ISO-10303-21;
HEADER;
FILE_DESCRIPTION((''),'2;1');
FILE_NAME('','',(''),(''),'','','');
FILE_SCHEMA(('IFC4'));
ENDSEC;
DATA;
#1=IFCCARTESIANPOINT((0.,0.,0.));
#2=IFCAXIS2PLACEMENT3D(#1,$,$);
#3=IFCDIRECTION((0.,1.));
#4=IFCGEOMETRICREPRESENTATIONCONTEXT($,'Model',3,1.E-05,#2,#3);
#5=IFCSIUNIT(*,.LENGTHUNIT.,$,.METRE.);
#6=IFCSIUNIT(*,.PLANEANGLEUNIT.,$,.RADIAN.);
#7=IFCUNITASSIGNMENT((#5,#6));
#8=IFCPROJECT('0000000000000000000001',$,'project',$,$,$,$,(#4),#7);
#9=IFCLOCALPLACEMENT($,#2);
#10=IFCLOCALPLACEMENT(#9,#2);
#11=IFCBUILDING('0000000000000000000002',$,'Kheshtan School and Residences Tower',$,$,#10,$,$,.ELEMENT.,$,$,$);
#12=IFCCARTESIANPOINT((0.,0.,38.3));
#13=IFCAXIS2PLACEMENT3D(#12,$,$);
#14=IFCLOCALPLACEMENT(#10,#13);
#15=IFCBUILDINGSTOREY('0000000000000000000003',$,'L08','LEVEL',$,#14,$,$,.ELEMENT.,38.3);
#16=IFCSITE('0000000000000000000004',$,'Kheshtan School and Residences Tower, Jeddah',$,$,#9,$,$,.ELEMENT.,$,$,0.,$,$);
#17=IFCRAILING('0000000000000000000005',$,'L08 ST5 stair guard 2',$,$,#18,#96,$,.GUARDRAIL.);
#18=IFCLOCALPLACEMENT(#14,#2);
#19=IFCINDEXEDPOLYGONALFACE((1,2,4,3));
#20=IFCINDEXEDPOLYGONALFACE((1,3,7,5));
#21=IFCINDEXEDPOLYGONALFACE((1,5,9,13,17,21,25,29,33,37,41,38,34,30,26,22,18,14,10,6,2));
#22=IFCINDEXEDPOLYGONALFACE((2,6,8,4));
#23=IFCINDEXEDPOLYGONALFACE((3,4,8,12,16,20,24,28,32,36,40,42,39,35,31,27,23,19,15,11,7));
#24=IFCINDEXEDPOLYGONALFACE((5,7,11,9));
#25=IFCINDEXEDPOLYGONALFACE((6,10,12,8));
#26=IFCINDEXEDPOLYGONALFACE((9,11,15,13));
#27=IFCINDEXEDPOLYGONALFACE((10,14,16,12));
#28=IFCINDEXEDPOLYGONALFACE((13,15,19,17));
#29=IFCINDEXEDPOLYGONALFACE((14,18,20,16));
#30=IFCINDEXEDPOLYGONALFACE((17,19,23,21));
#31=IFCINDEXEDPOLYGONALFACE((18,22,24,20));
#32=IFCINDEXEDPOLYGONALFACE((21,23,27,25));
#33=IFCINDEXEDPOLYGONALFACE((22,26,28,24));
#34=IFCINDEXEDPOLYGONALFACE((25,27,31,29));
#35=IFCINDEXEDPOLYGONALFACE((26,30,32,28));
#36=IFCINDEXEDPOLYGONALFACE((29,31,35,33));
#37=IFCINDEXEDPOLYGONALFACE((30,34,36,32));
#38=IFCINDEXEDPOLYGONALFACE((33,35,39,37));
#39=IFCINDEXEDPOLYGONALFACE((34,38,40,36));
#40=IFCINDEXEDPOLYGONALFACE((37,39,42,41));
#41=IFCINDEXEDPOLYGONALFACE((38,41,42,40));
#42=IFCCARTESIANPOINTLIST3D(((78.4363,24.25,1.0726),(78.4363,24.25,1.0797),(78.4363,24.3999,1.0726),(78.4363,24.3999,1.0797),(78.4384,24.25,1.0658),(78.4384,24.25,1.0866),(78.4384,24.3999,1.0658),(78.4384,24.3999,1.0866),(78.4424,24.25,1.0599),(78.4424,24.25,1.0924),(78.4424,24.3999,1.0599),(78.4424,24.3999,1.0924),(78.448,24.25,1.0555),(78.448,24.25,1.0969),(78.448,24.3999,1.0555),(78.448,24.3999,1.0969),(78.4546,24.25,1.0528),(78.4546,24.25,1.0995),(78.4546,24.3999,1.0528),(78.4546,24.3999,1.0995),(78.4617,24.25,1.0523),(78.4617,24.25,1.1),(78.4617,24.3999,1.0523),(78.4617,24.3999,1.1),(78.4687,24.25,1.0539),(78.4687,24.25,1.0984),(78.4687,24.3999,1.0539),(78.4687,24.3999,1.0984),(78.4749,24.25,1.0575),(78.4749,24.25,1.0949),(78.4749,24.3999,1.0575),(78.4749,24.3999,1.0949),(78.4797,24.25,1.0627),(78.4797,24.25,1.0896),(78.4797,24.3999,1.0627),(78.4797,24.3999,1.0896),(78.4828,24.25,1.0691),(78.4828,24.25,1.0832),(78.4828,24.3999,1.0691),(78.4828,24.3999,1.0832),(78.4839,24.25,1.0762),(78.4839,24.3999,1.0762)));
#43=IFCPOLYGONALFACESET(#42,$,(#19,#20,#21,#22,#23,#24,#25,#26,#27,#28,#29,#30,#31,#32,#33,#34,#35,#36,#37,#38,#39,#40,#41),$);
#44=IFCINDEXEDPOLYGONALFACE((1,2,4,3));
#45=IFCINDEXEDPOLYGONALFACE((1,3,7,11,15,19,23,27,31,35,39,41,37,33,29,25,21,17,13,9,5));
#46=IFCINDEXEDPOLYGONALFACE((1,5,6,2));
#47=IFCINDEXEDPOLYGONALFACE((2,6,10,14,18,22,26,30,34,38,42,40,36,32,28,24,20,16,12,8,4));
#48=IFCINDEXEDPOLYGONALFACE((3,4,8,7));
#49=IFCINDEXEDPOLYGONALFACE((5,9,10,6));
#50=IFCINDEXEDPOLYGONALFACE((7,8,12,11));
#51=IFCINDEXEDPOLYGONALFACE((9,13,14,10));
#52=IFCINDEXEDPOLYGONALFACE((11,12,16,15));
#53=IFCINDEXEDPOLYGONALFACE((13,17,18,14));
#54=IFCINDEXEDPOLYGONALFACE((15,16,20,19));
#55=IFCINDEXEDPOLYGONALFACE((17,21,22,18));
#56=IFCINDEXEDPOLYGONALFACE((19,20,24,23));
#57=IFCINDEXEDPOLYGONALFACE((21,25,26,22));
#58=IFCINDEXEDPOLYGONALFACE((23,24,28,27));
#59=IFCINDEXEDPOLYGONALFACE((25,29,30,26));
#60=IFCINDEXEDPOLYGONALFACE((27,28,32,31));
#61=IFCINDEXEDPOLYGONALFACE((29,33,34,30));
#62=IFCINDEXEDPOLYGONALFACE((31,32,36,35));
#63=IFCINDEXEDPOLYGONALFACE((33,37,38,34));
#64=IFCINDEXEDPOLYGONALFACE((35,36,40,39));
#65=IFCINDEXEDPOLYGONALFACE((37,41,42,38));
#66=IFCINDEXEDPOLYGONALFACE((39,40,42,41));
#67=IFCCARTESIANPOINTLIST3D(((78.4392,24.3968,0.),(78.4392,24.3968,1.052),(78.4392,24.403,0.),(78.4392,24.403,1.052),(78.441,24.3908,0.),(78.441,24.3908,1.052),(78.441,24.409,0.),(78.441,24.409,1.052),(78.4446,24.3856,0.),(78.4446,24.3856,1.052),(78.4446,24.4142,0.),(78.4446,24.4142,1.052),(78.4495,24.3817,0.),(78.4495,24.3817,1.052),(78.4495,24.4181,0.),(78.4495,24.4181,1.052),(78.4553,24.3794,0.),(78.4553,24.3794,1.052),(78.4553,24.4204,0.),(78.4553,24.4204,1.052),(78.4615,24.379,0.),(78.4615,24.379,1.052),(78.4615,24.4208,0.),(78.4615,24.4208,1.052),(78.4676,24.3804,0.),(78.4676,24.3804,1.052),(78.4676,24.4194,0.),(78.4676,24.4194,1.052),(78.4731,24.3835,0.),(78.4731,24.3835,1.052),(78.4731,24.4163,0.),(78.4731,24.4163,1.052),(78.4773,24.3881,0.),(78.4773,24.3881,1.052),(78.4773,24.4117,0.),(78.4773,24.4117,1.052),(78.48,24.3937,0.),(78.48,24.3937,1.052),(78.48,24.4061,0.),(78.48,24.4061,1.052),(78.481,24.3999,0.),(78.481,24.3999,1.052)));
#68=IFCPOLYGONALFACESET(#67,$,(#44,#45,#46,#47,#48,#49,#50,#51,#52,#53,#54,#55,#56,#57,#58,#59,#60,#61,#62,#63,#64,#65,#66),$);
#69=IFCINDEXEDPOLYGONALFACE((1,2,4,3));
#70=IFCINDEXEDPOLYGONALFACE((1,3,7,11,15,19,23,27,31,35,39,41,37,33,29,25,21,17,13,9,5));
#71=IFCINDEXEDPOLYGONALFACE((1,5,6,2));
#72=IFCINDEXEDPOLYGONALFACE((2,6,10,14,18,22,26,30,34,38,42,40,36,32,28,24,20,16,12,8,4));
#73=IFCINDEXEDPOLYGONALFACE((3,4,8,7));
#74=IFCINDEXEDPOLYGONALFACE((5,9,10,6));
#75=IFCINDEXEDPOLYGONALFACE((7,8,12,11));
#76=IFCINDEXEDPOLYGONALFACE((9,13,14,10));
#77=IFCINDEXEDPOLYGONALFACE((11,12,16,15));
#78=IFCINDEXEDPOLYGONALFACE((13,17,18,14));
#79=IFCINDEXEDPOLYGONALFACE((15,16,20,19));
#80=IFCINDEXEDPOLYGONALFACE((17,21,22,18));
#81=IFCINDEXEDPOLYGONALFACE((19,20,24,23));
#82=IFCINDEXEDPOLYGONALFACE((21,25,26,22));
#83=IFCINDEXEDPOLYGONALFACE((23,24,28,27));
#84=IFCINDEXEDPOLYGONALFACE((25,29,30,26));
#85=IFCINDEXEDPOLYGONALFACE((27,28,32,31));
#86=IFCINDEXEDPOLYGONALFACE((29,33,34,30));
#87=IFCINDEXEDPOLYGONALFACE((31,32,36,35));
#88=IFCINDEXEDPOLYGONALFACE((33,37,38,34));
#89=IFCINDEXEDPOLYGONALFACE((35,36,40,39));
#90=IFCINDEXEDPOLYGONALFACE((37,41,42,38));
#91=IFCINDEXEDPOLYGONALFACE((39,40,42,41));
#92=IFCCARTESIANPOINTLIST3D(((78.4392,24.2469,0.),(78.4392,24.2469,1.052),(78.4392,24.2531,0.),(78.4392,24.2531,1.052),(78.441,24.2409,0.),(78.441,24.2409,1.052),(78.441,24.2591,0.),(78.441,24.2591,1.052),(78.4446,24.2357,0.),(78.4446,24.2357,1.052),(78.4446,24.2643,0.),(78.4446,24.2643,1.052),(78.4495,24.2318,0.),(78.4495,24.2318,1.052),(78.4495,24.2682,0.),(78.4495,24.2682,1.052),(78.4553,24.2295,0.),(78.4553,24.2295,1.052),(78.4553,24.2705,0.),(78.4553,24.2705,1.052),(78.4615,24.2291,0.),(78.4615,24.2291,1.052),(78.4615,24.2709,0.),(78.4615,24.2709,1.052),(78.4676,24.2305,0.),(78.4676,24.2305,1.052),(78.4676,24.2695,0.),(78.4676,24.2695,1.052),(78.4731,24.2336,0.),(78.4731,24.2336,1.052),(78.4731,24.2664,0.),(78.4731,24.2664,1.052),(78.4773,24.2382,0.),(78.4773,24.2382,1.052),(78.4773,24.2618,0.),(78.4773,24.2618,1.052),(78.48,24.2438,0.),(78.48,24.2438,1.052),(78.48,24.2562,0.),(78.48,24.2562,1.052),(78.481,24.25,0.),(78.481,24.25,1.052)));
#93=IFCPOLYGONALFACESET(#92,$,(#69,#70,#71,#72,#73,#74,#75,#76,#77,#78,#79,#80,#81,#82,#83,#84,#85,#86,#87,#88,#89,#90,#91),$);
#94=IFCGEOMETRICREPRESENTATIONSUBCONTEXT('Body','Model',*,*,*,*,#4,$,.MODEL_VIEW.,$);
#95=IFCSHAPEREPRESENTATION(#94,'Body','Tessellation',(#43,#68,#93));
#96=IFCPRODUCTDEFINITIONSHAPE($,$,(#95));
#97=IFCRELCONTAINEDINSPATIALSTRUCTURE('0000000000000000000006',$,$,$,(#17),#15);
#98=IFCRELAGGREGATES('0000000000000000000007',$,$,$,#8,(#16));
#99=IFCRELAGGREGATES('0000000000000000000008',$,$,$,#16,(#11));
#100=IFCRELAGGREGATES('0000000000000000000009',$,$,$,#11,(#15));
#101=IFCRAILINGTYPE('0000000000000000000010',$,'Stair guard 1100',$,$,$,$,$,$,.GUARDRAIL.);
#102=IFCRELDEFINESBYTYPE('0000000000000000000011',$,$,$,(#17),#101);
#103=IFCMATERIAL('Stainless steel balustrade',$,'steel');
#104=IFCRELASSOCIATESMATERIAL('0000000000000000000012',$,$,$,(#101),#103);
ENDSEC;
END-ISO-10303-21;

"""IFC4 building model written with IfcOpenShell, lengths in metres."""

from ifc_helpers import new_model, si_unit, direction, frame, origin, origin_2d, place, context, subcontext, project, spatial, circle, extrude, material, type_object, element, save


model = new_model("IFC4")

# Units and contexts
model_context = context("Model", 3, precision=1e-05, world=origin(), true_north=direction((0.0, 1.0)))
body_context = subcontext(model_context, "Body", "Model", "MODEL_VIEW")
ifc_project = project(units=[si_unit("LENGTHUNIT", "METRE"), si_unit("PLANEANGLEUNIT", "RADIAN")], contexts=[model_context])

# Site, building, storey
site_placement = place(None, origin())
site = spatial("IfcSite", under=ifc_project, at=site_placement, Name="Kheshtan School and Residences Tower, Jeddah", CompositionType="ELEMENT", RefElevation=0.0)
building_placement = place(site_placement, origin())
building = spatial("IfcBuilding", under=site, at=building_placement, Name="Kheshtan School and Residences Tower", CompositionType="ELEMENT")
storey_placement = place(building_placement, frame((0.0, 0.0, 38.3)))
storey = spatial("IfcBuildingStorey", under=building, at=storey_placement, Name="L08", Description="LEVEL", CompositionType="ELEMENT", Elevation=38.3)

# Railing
ifc_material_1 = material(Name="Stainless steel balustrade", Category="steel")
railing_type_1 = type_object("IfcRailingType", Name="Stair guard 1100", PredefinedType="GUARDRAIL", material=ifc_material_1)
railing_1_placement = place(storey_placement, frame((78.46, 24.3999, 0.0)))
element("IfcRailing", 1, at=railing_1_placement, inside=storey, type_object=railing_type_1, Name="L08 ST5 stair guard 2", PredefinedType="GUARDRAIL", context=body_context, shape_type="SweptSolid", body=[
    extrude(circle(Radius=0.0239, at=origin_2d()), frame((0.0, 0.0, 1.0762), z_axis=(0.0, -1.0, 0.0), x_axis=(1.0, 0.0, 0.0)), (0.0, 0.0, 1.0), 0.1499),
    extrude(circle(Radius=0.021, at=origin_2d()), origin(), (0.0, 0.0, 1.0), 1.052),
    extrude(circle(Radius=0.021, at=origin_2d()), frame((0.0, -0.1499, 0.0)), (0.0, 0.0, 1.0), 1.052),
])

save(model, "model.ifc")
